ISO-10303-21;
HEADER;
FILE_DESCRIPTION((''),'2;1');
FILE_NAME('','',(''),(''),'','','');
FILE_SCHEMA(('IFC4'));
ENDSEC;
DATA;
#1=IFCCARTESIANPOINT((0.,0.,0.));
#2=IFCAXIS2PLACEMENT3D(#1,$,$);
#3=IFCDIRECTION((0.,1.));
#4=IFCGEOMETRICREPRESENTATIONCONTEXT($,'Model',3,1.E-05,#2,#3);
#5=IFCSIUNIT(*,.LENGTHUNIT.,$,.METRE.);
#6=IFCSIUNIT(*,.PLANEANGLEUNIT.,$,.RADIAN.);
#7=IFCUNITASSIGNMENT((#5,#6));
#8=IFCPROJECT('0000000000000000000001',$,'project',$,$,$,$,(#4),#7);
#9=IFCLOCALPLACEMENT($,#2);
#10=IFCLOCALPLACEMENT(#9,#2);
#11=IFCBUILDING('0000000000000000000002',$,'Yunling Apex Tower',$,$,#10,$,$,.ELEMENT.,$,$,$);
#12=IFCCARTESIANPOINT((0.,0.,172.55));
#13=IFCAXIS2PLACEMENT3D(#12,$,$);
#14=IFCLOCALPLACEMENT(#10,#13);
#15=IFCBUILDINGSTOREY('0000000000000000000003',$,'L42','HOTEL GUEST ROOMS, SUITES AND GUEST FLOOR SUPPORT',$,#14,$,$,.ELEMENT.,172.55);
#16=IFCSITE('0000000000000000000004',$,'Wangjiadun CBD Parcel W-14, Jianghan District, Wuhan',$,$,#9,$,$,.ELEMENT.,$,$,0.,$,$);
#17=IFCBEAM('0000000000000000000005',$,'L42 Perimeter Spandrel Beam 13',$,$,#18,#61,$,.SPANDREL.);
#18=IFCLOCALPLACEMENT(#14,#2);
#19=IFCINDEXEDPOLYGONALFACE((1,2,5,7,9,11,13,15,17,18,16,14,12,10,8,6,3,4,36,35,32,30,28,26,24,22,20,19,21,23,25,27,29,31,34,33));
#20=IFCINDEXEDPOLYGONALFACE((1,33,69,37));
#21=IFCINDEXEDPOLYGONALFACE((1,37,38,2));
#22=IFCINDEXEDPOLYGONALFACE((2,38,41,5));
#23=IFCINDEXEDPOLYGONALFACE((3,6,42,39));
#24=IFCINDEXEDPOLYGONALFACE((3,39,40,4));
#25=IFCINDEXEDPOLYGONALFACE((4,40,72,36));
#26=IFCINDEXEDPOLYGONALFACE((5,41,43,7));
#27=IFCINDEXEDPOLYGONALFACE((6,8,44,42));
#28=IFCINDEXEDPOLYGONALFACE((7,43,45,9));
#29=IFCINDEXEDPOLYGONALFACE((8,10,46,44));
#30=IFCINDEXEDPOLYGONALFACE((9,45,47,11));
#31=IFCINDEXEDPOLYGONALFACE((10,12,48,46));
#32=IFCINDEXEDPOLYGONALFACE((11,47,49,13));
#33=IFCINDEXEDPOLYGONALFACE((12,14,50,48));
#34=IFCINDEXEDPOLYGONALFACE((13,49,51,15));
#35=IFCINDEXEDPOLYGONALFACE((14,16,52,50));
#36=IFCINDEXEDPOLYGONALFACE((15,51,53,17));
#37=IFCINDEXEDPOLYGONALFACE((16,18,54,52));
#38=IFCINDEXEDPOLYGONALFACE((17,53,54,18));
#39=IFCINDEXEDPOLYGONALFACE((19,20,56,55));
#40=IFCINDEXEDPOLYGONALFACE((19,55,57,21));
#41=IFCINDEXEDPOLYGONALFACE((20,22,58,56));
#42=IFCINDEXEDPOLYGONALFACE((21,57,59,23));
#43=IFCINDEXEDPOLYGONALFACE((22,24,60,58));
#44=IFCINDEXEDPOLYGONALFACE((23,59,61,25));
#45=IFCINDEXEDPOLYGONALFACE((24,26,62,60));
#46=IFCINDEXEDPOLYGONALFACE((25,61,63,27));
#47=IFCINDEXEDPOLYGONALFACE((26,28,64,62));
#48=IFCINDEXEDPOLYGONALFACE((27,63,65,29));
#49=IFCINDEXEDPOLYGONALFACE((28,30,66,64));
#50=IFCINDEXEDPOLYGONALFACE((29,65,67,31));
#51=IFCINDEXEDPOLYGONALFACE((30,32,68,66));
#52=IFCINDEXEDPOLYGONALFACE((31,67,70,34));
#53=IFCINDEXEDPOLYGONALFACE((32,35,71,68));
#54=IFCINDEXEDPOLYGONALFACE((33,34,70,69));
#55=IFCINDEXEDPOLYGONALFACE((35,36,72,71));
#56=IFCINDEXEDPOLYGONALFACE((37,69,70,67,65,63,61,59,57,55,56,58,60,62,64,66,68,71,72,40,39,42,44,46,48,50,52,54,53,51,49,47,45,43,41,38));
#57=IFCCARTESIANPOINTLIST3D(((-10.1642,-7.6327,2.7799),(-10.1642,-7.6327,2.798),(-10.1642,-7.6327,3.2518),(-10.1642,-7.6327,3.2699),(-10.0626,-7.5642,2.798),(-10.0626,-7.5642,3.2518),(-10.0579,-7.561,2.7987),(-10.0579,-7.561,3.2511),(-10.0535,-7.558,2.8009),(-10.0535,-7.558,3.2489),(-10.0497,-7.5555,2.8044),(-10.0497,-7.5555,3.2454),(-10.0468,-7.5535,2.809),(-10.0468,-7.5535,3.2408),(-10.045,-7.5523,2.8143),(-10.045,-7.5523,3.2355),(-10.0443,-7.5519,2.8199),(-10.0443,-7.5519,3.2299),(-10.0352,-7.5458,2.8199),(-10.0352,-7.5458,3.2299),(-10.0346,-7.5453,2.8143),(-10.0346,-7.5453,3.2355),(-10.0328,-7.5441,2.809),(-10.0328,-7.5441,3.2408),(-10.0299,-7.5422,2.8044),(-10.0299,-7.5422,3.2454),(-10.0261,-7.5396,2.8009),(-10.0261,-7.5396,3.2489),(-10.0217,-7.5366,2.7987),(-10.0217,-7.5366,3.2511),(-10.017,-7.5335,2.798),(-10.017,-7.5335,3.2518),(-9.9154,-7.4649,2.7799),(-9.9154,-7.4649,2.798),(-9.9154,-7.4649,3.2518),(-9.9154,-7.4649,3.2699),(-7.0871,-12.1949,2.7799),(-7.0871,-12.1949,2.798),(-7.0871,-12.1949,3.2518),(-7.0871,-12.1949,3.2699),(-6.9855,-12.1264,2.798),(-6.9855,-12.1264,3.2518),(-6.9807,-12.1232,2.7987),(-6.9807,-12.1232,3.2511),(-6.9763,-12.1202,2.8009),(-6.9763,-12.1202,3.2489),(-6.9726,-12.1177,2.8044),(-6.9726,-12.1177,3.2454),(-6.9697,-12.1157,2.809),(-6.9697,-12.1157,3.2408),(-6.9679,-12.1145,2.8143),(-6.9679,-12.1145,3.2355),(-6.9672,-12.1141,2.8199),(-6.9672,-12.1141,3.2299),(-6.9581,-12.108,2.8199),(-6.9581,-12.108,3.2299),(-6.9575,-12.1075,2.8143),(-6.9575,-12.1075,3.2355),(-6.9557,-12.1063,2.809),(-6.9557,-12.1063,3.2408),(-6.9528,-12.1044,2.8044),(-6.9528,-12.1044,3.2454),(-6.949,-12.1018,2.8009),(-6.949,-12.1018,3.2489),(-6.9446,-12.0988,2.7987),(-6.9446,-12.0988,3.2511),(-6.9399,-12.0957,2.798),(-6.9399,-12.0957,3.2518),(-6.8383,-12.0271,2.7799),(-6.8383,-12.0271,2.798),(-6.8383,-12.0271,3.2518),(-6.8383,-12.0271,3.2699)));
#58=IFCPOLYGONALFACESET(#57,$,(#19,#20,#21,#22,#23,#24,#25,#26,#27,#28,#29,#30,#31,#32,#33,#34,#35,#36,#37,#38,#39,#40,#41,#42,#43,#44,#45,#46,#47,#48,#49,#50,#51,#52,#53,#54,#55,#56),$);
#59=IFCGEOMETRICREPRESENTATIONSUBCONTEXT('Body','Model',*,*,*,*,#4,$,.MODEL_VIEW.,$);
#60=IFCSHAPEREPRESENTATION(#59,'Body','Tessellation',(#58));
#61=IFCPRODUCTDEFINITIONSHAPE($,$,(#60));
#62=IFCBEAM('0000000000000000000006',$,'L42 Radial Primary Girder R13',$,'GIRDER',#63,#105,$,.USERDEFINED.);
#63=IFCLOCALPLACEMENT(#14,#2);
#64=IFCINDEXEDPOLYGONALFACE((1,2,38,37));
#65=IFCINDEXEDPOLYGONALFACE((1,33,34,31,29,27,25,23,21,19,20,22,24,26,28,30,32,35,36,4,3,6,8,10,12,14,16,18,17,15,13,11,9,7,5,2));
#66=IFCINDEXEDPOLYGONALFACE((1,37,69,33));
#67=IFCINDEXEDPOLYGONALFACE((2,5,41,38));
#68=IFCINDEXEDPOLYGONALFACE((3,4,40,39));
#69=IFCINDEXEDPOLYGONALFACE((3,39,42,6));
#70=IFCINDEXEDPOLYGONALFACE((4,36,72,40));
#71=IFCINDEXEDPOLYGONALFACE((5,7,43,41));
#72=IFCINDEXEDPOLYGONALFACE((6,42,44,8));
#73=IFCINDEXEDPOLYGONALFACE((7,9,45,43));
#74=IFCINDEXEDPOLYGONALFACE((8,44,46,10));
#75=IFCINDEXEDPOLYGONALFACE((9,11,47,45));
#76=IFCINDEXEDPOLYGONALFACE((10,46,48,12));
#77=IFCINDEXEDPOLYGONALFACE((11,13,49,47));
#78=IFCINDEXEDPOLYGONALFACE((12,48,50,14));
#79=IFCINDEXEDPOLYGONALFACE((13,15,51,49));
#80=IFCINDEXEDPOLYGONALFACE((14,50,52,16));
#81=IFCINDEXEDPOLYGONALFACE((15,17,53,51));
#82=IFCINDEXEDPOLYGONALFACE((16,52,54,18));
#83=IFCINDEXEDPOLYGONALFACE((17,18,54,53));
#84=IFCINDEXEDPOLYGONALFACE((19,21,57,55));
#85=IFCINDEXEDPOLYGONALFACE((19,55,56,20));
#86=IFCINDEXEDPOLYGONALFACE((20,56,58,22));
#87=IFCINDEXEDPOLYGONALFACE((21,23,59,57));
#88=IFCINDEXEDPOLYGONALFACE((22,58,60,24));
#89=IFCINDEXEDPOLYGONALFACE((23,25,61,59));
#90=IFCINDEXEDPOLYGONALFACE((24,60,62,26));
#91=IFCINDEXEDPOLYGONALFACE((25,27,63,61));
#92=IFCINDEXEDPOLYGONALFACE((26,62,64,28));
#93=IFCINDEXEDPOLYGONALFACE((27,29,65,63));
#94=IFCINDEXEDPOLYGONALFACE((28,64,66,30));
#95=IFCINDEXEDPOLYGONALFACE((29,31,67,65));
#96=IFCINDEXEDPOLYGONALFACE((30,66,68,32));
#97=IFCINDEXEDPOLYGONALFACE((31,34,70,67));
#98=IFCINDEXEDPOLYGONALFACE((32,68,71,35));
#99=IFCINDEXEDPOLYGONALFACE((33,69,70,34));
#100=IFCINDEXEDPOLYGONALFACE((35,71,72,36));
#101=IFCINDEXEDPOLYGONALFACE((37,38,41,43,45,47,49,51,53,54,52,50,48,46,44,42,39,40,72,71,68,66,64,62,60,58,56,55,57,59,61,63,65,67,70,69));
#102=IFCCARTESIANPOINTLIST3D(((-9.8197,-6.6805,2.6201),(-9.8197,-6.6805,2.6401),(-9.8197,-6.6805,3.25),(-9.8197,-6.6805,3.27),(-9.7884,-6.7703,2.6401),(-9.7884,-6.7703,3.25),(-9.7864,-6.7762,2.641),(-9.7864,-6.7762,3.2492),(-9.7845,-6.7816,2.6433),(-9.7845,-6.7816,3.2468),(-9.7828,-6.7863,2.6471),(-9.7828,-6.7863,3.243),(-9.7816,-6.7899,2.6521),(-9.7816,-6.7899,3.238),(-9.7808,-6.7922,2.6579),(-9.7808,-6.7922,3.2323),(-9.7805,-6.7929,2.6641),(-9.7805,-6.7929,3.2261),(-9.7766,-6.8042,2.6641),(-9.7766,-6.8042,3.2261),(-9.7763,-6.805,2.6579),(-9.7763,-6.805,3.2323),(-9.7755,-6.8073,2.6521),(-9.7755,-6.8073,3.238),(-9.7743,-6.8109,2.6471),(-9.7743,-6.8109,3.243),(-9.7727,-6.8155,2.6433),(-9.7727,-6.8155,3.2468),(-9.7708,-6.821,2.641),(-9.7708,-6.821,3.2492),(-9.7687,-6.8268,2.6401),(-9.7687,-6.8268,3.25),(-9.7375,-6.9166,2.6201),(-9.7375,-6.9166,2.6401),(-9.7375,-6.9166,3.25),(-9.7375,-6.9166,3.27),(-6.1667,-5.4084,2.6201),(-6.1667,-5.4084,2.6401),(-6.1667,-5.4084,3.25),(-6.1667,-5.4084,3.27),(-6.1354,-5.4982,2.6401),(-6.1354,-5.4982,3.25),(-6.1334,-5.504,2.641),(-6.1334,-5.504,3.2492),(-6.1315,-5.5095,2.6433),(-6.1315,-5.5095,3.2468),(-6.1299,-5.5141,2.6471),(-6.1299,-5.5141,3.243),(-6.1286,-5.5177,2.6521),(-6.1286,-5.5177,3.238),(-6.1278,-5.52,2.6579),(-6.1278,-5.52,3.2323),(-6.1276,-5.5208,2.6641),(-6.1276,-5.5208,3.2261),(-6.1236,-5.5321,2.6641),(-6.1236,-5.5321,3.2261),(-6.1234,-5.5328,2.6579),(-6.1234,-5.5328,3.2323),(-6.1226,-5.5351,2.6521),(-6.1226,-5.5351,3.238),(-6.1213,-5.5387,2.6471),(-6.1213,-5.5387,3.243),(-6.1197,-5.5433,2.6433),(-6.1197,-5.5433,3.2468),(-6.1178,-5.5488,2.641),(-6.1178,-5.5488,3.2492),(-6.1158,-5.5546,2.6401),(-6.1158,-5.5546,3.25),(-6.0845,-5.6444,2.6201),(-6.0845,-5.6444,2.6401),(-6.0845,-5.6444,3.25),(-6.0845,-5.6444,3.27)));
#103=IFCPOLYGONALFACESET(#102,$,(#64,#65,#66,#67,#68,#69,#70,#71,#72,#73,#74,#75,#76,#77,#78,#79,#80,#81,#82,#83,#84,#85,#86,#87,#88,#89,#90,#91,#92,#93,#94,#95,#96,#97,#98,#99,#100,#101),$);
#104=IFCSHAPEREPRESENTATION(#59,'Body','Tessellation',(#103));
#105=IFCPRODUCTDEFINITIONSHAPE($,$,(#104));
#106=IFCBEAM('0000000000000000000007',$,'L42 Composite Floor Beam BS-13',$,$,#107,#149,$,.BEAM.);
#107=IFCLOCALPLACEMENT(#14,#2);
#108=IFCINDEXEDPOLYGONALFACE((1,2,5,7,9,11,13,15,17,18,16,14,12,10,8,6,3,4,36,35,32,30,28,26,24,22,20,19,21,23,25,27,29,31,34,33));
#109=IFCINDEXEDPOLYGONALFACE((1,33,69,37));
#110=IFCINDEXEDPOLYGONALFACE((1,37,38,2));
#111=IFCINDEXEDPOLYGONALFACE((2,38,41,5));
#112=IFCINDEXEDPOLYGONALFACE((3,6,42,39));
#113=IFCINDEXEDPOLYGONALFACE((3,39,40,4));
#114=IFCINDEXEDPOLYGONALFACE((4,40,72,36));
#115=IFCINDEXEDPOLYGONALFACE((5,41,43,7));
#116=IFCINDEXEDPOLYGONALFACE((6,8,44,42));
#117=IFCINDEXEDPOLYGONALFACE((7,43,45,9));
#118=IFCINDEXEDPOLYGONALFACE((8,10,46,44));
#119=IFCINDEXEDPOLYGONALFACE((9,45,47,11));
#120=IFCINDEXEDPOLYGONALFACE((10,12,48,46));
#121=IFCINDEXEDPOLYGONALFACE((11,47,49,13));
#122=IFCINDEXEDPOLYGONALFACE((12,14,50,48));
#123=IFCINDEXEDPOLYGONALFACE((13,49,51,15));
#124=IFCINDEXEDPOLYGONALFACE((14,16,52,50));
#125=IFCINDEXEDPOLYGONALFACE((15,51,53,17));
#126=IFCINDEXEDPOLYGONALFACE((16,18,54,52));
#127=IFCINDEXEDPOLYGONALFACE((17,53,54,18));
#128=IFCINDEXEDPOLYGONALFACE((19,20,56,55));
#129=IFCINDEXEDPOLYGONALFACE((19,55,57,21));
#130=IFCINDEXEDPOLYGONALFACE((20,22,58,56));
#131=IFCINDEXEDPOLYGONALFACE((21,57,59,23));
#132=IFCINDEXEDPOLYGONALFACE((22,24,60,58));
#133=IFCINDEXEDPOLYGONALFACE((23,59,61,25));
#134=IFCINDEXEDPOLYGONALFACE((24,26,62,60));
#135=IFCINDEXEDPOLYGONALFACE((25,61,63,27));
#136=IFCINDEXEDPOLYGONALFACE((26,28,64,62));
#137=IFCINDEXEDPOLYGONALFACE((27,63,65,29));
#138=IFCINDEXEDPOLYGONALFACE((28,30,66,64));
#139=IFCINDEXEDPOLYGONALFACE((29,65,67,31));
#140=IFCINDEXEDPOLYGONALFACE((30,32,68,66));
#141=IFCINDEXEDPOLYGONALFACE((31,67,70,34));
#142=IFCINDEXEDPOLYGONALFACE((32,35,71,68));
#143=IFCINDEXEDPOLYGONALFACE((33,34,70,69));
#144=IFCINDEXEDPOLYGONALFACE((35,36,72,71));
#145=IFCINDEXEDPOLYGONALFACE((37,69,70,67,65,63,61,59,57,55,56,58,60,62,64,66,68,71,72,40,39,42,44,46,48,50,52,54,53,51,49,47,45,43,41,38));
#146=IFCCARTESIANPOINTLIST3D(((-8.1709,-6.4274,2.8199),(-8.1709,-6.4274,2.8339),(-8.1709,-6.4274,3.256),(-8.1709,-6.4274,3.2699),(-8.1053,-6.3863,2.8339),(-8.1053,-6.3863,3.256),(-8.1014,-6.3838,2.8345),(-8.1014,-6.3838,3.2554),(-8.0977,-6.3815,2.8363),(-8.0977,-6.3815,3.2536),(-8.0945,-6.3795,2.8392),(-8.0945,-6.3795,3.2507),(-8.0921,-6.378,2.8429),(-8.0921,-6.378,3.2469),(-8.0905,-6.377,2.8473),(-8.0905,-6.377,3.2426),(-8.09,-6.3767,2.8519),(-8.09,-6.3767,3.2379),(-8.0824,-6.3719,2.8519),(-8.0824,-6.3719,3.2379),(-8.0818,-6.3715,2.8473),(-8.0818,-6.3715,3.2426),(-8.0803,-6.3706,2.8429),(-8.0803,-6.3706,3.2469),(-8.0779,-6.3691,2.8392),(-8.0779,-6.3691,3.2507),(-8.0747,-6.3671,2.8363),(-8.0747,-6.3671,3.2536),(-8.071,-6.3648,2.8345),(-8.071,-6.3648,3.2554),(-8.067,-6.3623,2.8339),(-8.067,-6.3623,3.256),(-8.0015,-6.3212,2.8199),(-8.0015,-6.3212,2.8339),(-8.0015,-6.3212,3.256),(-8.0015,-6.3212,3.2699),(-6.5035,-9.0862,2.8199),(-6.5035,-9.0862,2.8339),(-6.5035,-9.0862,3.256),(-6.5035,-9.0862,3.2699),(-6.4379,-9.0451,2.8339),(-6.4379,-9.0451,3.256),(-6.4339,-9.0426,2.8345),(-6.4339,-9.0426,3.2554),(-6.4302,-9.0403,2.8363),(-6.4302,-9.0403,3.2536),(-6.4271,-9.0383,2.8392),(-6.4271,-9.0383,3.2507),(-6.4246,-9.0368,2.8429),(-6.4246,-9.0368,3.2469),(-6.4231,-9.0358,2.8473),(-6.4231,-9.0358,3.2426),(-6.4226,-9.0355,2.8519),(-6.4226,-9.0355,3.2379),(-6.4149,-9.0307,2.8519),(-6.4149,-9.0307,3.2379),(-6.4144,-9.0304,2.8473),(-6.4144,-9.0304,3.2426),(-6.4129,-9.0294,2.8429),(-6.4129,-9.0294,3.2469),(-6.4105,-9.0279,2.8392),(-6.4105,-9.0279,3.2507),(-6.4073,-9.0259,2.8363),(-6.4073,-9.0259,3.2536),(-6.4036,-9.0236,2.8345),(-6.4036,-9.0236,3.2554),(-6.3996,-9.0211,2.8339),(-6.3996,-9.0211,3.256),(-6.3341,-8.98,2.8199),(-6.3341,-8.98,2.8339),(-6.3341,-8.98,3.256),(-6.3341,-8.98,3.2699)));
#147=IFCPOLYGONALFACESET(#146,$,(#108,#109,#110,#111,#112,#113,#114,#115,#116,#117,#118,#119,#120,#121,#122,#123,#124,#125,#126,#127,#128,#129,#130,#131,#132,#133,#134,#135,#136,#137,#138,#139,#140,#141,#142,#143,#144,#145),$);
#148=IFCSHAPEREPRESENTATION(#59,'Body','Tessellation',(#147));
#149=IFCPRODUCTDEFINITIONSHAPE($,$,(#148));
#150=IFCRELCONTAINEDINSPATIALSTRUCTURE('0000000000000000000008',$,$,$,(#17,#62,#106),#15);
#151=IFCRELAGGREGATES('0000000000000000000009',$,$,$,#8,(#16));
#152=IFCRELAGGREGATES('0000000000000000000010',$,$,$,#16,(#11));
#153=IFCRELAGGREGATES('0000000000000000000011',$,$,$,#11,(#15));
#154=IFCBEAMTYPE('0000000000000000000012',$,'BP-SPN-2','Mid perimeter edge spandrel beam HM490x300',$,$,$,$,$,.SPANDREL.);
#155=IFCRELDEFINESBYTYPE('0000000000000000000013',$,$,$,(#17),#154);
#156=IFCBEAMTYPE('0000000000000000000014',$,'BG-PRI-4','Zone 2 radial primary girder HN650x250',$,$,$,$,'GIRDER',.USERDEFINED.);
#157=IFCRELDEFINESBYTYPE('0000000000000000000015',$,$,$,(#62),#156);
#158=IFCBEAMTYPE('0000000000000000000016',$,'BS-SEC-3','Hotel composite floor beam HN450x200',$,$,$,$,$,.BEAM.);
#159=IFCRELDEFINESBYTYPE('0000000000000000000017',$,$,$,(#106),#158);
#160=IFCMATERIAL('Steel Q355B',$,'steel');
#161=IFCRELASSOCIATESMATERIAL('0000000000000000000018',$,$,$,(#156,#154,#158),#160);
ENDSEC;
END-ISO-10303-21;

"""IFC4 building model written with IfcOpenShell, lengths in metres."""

from ifc_helpers import new_model, si_unit, direction, frame, origin, origin_2d, place, context, subcontext, project, spatial, i_section, extrude, source, transform, mapped, material, material_profile, profile_set, type_object, element, save


model = new_model("IFC4")

# Units and contexts
model_context = context("Model", 3, precision=1e-05, world=origin(), true_north=direction((0.0, 1.0)))
body_context = subcontext(model_context, "Body", "Model", "MODEL_VIEW")
ifc_project = project(units=[si_unit("LENGTHUNIT", "METRE"), si_unit("PLANEANGLEUNIT", "RADIAN")], contexts=[model_context])

# Site, building, storey
site_placement = place(None, origin())
site = spatial("IfcSite", under=ifc_project, at=site_placement, Name="Wangjiadun CBD Parcel W-14, Jianghan District, Wuhan", CompositionType="ELEMENT", RefElevation=0.0)
building_placement = place(site_placement, origin())
building = spatial("IfcBuilding", under=site, at=building_placement, Name="Yunling Apex Tower", CompositionType="ELEMENT")
storey_placement = place(building_placement, frame((0.0, 0.0, 172.55)))
storey = spatial("IfcBuildingStorey", under=building, at=storey_placement, Name="L42", Description="HOTEL GUEST ROOMS, SUITES AND GUEST FLOOR SUPPORT", CompositionType="ELEMENT", Elevation=172.55)

# Beams
ifc_material_1 = material(Name="Steel Q355B", Category="steel")
ifc_material_profile_1 = material_profile(ifc_material_1, i_section(OverallWidth=0.25, OverallDepth=0.6499, WebThickness=0.012, FlangeThickness=0.02, FilletRadius=0.0239, at=origin_2d()))
ifc_profile_set_1 = profile_set([ifc_material_profile_1], Name="Steel Q355B")
beam_type_1 = type_object("IfcBeamType", Name="BG-PRI-4", Description="Zone 2 radial primary girder HN650x250", ElementType="GIRDER", PredefinedType="USERDEFINED", material=ifc_profile_set_1)
ifc_material_profile_2 = material_profile(ifc_material_1, i_section(OverallWidth=0.3, OverallDepth=0.49, WebThickness=0.011, FlangeThickness=0.0181, FilletRadius=0.022, at=origin_2d()))
ifc_profile_set_2 = profile_set([ifc_material_profile_2], Name="Steel Q355B")
beam_type_2 = type_object("IfcBeamType", Name="BP-SPN-2", Description="Mid perimeter edge spandrel beam HM490x300", PredefinedType="SPANDREL", material=ifc_profile_set_2)
shared_shape_1 = source(origin(), body_context, "Body", "SweptSolid", [
    extrude(i_section(OverallWidth=0.3, OverallDepth=0.49, WebThickness=0.011, FlangeThickness=0.0181, FilletRadius=0.022, at=origin_2d()), origin(), (0.0, 0.0, 1.0), 5.5029),
])
beam_1_placement = place(storey_placement, frame((-10.0398, -7.5488, 3.0249), z_axis=(0.559176, -0.829049, 0.0), x_axis=(0.829049, 0.559176, 0.0)))
element("IfcBeam", 1, at=beam_1_placement, inside=storey, type_object=beam_type_2, Name="L42 Perimeter Spandrel Beam 13", PredefinedType="SPANDREL", context=body_context, shape_type="MappedRepresentation", body=[
    mapped(shared_shape_1, transform((0.0, 0.0, 0.0), scale=1.0)),
])
shared_shape_2 = source(origin(), body_context, "Body", "SweptSolid", [
    extrude(i_section(OverallWidth=0.25, OverallDepth=0.6499, WebThickness=0.012, FlangeThickness=0.02, FilletRadius=0.0239, at=origin_2d()), origin(), (0.0, 0.0, 1.0), 3.8682),
])
beam_2_placement = place(storey_placement, frame((-9.7786, -6.7986, 2.9451), z_axis=(0.94437, 0.328885, 0.0), x_axis=(-0.328885, 0.94437, 0.0)))
element("IfcBeam", 2, at=beam_2_placement, inside=storey, type_object=beam_type_1, Name="L42 Radial Primary Girder R13", ObjectType="GIRDER", PredefinedType="USERDEFINED", context=body_context, shape_type="MappedRepresentation", body=[
    mapped(shared_shape_2, transform((0.0, 0.0, 0.0), scale=1.0)),
])
ifc_material_profile_3 = material_profile(ifc_material_1, i_section(OverallWidth=0.2, OverallDepth=0.45, WebThickness=0.009, FlangeThickness=0.0139, FilletRadius=0.0181, at=origin_2d()))
ifc_profile_set_3 = profile_set([ifc_material_profile_3], Name="Steel Q355B")
beam_type_3 = type_object("IfcBeamType", Name="BS-SEC-3", Description="Hotel composite floor beam HN450x200", PredefinedType="BEAM", material=ifc_profile_set_3)
shared_shape_3 = source(origin(), body_context, "Body", "SweptSolid", [
    extrude(i_section(OverallWidth=0.2, OverallDepth=0.45, WebThickness=0.009, FlangeThickness=0.0139, FilletRadius=0.0181, at=origin_2d()), origin(), (0.0, 0.0, 1.0), 3.1384),
])
beam_3_placement = place(storey_placement, frame((-8.0862, -6.3743, 3.0449), z_axis=(0.531292, -0.847189, 0.0), x_axis=(0.847189, 0.531292, 0.0)))
element("IfcBeam", 3, at=beam_3_placement, inside=storey, type_object=beam_type_3, Name="L42 Composite Floor Beam BS-13", PredefinedType="BEAM", context=body_context, shape_type="MappedRepresentation", body=[
    mapped(shared_shape_3, transform((0.0, 0.0, 0.0), scale=1.0)),
])

save(model, "model.ifc")
